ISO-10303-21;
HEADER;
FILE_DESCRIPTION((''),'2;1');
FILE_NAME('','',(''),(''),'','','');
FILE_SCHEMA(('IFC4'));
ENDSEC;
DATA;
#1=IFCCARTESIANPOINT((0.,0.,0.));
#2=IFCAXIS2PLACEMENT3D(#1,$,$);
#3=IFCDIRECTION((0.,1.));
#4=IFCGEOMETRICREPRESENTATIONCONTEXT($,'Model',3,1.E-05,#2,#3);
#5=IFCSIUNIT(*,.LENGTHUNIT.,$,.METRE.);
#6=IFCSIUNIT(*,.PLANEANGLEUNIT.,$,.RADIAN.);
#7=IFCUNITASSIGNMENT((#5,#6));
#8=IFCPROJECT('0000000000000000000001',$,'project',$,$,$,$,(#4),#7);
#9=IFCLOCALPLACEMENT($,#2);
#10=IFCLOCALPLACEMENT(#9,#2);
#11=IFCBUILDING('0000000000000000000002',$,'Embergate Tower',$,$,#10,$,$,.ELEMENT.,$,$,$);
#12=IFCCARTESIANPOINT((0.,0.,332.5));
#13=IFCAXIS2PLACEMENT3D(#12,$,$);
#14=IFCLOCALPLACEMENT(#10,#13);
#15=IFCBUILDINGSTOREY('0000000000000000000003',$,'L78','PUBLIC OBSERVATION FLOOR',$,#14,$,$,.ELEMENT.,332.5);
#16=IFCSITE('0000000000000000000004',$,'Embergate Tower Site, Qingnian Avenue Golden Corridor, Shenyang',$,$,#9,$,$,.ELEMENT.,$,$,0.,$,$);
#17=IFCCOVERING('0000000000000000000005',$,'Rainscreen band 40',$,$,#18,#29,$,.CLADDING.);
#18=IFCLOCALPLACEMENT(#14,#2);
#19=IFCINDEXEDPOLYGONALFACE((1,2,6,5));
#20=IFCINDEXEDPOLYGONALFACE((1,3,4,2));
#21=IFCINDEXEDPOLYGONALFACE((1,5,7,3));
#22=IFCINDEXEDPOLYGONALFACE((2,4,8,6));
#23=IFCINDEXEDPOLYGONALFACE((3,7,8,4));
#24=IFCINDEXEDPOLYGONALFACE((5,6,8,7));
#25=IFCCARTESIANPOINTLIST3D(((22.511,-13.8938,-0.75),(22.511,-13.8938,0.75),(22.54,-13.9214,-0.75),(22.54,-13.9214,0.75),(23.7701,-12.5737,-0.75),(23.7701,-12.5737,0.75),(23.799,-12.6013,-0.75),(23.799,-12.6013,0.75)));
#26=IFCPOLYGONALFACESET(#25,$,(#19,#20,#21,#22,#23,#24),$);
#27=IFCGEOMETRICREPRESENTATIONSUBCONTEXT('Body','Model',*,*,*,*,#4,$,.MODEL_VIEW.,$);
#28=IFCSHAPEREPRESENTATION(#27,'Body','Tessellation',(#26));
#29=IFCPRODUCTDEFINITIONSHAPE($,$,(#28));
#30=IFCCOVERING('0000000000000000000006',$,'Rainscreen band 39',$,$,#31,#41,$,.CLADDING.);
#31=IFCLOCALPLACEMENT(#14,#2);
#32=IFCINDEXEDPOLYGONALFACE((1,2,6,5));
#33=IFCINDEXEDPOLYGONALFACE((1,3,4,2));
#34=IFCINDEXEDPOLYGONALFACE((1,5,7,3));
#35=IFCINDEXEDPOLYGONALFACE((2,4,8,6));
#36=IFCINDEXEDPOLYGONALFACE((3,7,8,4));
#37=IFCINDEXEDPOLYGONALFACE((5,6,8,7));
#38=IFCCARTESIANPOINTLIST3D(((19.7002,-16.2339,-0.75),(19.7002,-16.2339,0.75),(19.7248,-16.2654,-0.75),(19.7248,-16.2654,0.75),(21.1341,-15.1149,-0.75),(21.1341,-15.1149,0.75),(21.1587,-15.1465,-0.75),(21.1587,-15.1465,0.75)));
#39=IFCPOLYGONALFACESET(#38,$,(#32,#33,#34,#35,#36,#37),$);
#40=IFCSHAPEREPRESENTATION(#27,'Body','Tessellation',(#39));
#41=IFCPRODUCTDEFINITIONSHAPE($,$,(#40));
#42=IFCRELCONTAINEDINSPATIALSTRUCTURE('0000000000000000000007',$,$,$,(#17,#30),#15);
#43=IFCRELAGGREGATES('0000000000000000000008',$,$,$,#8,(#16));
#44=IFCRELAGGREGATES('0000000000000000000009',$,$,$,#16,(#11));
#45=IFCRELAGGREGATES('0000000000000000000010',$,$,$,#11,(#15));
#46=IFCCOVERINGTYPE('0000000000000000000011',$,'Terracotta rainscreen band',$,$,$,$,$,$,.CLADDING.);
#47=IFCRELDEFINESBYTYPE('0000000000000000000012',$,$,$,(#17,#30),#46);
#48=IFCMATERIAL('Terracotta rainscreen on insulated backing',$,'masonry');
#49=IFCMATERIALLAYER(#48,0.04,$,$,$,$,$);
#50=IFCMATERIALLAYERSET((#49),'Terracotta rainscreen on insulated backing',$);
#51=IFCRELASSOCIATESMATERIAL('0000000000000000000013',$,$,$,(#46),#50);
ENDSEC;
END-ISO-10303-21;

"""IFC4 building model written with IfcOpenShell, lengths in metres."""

from ifc_helpers import new_model, si_unit, direction, frame, origin, origin_2d, place, context, subcontext, project, spatial, rectangle, extrude, source, transform, mapped, material, layer, layer_set, type_object, element, save


model = new_model("IFC4")

# Units and contexts
model_context = context("Model", 3, precision=1e-05, world=origin(), true_north=direction((0.0, 1.0)))
body_context = subcontext(model_context, "Body", "Model", "MODEL_VIEW")
ifc_project = project(units=[si_unit("LENGTHUNIT", "METRE"), si_unit("PLANEANGLEUNIT", "RADIAN")], contexts=[model_context])

# Site, building, storey
site_placement = place(None, origin())
site = spatial("IfcSite", under=ifc_project, at=site_placement, Name="Embergate Tower Site, Qingnian Avenue Golden Corridor, Shenyang", CompositionType="ELEMENT", RefElevation=0.0)
building_placement = place(site_placement, origin())
building = spatial("IfcBuilding", under=site, at=building_placement, Name="Embergate Tower", CompositionType="ELEMENT")
storey_placement = place(building_placement, frame((0.0, 0.0, 332.5)))
storey = spatial("IfcBuildingStorey", under=building, at=storey_placement, Name="L78", Description="PUBLIC OBSERVATION FLOOR", CompositionType="ELEMENT", Elevation=332.5)

# Coverings
ifc_material_1 = material(Name="Terracotta rainscreen on insulated backing", Category="masonry")
ifc_layer_1 = layer(ifc_material_1, 0.04)
ifc_layer_set_1 = layer_set([ifc_layer_1], Name="Terracotta rainscreen on insulated backing")
covering_type = type_object("IfcCoveringType", Name="Terracotta rainscreen band", PredefinedType="CLADDING", material=ifc_layer_set_1)
shared_shape_1 = source(origin(), body_context, "Body", "SweptSolid", [
    extrude(rectangle(XDim=1.8242, YDim=0.04, at=origin_2d()), origin(), (0.0, 0.0, 1.0), 1.5),
])
covering_1_placement = place(storey_placement, frame((23.155, -13.2476, -0.75), z_axis=(0.0, 0.0, 1.0), x_axis=(0.690189, 0.723629, 0.0)))
element("IfcCovering", 1, at=covering_1_placement, inside=storey, type_object=covering_type, Name="Rainscreen band 40", PredefinedType="CLADDING", context=body_context, shape_type="MappedRepresentation", body=[
    mapped(shared_shape_1, transform((0.0, 0.0, 0.0))),
])
shared_shape_2 = source(origin(), body_context, "Body", "SweptSolid", [
    extrude(rectangle(XDim=1.8188, YDim=0.04, at=origin_2d()), origin(), (0.0, 0.0, 1.0), 1.5),
])
covering_2_placement = place(storey_placement, frame((20.4294, -15.6902, -0.75), z_axis=(0.0, 0.0, 1.0), x_axis=(0.788374, 0.615197, 0.0)))
element("IfcCovering", 2, at=covering_2_placement, inside=storey, type_object=covering_type, Name="Rainscreen band 39", PredefinedType="CLADDING", context=body_context, shape_type="MappedRepresentation", body=[
    mapped(shared_shape_2, transform((0.0, 0.0, 0.0))),
])

save(model, "model.ifc")
